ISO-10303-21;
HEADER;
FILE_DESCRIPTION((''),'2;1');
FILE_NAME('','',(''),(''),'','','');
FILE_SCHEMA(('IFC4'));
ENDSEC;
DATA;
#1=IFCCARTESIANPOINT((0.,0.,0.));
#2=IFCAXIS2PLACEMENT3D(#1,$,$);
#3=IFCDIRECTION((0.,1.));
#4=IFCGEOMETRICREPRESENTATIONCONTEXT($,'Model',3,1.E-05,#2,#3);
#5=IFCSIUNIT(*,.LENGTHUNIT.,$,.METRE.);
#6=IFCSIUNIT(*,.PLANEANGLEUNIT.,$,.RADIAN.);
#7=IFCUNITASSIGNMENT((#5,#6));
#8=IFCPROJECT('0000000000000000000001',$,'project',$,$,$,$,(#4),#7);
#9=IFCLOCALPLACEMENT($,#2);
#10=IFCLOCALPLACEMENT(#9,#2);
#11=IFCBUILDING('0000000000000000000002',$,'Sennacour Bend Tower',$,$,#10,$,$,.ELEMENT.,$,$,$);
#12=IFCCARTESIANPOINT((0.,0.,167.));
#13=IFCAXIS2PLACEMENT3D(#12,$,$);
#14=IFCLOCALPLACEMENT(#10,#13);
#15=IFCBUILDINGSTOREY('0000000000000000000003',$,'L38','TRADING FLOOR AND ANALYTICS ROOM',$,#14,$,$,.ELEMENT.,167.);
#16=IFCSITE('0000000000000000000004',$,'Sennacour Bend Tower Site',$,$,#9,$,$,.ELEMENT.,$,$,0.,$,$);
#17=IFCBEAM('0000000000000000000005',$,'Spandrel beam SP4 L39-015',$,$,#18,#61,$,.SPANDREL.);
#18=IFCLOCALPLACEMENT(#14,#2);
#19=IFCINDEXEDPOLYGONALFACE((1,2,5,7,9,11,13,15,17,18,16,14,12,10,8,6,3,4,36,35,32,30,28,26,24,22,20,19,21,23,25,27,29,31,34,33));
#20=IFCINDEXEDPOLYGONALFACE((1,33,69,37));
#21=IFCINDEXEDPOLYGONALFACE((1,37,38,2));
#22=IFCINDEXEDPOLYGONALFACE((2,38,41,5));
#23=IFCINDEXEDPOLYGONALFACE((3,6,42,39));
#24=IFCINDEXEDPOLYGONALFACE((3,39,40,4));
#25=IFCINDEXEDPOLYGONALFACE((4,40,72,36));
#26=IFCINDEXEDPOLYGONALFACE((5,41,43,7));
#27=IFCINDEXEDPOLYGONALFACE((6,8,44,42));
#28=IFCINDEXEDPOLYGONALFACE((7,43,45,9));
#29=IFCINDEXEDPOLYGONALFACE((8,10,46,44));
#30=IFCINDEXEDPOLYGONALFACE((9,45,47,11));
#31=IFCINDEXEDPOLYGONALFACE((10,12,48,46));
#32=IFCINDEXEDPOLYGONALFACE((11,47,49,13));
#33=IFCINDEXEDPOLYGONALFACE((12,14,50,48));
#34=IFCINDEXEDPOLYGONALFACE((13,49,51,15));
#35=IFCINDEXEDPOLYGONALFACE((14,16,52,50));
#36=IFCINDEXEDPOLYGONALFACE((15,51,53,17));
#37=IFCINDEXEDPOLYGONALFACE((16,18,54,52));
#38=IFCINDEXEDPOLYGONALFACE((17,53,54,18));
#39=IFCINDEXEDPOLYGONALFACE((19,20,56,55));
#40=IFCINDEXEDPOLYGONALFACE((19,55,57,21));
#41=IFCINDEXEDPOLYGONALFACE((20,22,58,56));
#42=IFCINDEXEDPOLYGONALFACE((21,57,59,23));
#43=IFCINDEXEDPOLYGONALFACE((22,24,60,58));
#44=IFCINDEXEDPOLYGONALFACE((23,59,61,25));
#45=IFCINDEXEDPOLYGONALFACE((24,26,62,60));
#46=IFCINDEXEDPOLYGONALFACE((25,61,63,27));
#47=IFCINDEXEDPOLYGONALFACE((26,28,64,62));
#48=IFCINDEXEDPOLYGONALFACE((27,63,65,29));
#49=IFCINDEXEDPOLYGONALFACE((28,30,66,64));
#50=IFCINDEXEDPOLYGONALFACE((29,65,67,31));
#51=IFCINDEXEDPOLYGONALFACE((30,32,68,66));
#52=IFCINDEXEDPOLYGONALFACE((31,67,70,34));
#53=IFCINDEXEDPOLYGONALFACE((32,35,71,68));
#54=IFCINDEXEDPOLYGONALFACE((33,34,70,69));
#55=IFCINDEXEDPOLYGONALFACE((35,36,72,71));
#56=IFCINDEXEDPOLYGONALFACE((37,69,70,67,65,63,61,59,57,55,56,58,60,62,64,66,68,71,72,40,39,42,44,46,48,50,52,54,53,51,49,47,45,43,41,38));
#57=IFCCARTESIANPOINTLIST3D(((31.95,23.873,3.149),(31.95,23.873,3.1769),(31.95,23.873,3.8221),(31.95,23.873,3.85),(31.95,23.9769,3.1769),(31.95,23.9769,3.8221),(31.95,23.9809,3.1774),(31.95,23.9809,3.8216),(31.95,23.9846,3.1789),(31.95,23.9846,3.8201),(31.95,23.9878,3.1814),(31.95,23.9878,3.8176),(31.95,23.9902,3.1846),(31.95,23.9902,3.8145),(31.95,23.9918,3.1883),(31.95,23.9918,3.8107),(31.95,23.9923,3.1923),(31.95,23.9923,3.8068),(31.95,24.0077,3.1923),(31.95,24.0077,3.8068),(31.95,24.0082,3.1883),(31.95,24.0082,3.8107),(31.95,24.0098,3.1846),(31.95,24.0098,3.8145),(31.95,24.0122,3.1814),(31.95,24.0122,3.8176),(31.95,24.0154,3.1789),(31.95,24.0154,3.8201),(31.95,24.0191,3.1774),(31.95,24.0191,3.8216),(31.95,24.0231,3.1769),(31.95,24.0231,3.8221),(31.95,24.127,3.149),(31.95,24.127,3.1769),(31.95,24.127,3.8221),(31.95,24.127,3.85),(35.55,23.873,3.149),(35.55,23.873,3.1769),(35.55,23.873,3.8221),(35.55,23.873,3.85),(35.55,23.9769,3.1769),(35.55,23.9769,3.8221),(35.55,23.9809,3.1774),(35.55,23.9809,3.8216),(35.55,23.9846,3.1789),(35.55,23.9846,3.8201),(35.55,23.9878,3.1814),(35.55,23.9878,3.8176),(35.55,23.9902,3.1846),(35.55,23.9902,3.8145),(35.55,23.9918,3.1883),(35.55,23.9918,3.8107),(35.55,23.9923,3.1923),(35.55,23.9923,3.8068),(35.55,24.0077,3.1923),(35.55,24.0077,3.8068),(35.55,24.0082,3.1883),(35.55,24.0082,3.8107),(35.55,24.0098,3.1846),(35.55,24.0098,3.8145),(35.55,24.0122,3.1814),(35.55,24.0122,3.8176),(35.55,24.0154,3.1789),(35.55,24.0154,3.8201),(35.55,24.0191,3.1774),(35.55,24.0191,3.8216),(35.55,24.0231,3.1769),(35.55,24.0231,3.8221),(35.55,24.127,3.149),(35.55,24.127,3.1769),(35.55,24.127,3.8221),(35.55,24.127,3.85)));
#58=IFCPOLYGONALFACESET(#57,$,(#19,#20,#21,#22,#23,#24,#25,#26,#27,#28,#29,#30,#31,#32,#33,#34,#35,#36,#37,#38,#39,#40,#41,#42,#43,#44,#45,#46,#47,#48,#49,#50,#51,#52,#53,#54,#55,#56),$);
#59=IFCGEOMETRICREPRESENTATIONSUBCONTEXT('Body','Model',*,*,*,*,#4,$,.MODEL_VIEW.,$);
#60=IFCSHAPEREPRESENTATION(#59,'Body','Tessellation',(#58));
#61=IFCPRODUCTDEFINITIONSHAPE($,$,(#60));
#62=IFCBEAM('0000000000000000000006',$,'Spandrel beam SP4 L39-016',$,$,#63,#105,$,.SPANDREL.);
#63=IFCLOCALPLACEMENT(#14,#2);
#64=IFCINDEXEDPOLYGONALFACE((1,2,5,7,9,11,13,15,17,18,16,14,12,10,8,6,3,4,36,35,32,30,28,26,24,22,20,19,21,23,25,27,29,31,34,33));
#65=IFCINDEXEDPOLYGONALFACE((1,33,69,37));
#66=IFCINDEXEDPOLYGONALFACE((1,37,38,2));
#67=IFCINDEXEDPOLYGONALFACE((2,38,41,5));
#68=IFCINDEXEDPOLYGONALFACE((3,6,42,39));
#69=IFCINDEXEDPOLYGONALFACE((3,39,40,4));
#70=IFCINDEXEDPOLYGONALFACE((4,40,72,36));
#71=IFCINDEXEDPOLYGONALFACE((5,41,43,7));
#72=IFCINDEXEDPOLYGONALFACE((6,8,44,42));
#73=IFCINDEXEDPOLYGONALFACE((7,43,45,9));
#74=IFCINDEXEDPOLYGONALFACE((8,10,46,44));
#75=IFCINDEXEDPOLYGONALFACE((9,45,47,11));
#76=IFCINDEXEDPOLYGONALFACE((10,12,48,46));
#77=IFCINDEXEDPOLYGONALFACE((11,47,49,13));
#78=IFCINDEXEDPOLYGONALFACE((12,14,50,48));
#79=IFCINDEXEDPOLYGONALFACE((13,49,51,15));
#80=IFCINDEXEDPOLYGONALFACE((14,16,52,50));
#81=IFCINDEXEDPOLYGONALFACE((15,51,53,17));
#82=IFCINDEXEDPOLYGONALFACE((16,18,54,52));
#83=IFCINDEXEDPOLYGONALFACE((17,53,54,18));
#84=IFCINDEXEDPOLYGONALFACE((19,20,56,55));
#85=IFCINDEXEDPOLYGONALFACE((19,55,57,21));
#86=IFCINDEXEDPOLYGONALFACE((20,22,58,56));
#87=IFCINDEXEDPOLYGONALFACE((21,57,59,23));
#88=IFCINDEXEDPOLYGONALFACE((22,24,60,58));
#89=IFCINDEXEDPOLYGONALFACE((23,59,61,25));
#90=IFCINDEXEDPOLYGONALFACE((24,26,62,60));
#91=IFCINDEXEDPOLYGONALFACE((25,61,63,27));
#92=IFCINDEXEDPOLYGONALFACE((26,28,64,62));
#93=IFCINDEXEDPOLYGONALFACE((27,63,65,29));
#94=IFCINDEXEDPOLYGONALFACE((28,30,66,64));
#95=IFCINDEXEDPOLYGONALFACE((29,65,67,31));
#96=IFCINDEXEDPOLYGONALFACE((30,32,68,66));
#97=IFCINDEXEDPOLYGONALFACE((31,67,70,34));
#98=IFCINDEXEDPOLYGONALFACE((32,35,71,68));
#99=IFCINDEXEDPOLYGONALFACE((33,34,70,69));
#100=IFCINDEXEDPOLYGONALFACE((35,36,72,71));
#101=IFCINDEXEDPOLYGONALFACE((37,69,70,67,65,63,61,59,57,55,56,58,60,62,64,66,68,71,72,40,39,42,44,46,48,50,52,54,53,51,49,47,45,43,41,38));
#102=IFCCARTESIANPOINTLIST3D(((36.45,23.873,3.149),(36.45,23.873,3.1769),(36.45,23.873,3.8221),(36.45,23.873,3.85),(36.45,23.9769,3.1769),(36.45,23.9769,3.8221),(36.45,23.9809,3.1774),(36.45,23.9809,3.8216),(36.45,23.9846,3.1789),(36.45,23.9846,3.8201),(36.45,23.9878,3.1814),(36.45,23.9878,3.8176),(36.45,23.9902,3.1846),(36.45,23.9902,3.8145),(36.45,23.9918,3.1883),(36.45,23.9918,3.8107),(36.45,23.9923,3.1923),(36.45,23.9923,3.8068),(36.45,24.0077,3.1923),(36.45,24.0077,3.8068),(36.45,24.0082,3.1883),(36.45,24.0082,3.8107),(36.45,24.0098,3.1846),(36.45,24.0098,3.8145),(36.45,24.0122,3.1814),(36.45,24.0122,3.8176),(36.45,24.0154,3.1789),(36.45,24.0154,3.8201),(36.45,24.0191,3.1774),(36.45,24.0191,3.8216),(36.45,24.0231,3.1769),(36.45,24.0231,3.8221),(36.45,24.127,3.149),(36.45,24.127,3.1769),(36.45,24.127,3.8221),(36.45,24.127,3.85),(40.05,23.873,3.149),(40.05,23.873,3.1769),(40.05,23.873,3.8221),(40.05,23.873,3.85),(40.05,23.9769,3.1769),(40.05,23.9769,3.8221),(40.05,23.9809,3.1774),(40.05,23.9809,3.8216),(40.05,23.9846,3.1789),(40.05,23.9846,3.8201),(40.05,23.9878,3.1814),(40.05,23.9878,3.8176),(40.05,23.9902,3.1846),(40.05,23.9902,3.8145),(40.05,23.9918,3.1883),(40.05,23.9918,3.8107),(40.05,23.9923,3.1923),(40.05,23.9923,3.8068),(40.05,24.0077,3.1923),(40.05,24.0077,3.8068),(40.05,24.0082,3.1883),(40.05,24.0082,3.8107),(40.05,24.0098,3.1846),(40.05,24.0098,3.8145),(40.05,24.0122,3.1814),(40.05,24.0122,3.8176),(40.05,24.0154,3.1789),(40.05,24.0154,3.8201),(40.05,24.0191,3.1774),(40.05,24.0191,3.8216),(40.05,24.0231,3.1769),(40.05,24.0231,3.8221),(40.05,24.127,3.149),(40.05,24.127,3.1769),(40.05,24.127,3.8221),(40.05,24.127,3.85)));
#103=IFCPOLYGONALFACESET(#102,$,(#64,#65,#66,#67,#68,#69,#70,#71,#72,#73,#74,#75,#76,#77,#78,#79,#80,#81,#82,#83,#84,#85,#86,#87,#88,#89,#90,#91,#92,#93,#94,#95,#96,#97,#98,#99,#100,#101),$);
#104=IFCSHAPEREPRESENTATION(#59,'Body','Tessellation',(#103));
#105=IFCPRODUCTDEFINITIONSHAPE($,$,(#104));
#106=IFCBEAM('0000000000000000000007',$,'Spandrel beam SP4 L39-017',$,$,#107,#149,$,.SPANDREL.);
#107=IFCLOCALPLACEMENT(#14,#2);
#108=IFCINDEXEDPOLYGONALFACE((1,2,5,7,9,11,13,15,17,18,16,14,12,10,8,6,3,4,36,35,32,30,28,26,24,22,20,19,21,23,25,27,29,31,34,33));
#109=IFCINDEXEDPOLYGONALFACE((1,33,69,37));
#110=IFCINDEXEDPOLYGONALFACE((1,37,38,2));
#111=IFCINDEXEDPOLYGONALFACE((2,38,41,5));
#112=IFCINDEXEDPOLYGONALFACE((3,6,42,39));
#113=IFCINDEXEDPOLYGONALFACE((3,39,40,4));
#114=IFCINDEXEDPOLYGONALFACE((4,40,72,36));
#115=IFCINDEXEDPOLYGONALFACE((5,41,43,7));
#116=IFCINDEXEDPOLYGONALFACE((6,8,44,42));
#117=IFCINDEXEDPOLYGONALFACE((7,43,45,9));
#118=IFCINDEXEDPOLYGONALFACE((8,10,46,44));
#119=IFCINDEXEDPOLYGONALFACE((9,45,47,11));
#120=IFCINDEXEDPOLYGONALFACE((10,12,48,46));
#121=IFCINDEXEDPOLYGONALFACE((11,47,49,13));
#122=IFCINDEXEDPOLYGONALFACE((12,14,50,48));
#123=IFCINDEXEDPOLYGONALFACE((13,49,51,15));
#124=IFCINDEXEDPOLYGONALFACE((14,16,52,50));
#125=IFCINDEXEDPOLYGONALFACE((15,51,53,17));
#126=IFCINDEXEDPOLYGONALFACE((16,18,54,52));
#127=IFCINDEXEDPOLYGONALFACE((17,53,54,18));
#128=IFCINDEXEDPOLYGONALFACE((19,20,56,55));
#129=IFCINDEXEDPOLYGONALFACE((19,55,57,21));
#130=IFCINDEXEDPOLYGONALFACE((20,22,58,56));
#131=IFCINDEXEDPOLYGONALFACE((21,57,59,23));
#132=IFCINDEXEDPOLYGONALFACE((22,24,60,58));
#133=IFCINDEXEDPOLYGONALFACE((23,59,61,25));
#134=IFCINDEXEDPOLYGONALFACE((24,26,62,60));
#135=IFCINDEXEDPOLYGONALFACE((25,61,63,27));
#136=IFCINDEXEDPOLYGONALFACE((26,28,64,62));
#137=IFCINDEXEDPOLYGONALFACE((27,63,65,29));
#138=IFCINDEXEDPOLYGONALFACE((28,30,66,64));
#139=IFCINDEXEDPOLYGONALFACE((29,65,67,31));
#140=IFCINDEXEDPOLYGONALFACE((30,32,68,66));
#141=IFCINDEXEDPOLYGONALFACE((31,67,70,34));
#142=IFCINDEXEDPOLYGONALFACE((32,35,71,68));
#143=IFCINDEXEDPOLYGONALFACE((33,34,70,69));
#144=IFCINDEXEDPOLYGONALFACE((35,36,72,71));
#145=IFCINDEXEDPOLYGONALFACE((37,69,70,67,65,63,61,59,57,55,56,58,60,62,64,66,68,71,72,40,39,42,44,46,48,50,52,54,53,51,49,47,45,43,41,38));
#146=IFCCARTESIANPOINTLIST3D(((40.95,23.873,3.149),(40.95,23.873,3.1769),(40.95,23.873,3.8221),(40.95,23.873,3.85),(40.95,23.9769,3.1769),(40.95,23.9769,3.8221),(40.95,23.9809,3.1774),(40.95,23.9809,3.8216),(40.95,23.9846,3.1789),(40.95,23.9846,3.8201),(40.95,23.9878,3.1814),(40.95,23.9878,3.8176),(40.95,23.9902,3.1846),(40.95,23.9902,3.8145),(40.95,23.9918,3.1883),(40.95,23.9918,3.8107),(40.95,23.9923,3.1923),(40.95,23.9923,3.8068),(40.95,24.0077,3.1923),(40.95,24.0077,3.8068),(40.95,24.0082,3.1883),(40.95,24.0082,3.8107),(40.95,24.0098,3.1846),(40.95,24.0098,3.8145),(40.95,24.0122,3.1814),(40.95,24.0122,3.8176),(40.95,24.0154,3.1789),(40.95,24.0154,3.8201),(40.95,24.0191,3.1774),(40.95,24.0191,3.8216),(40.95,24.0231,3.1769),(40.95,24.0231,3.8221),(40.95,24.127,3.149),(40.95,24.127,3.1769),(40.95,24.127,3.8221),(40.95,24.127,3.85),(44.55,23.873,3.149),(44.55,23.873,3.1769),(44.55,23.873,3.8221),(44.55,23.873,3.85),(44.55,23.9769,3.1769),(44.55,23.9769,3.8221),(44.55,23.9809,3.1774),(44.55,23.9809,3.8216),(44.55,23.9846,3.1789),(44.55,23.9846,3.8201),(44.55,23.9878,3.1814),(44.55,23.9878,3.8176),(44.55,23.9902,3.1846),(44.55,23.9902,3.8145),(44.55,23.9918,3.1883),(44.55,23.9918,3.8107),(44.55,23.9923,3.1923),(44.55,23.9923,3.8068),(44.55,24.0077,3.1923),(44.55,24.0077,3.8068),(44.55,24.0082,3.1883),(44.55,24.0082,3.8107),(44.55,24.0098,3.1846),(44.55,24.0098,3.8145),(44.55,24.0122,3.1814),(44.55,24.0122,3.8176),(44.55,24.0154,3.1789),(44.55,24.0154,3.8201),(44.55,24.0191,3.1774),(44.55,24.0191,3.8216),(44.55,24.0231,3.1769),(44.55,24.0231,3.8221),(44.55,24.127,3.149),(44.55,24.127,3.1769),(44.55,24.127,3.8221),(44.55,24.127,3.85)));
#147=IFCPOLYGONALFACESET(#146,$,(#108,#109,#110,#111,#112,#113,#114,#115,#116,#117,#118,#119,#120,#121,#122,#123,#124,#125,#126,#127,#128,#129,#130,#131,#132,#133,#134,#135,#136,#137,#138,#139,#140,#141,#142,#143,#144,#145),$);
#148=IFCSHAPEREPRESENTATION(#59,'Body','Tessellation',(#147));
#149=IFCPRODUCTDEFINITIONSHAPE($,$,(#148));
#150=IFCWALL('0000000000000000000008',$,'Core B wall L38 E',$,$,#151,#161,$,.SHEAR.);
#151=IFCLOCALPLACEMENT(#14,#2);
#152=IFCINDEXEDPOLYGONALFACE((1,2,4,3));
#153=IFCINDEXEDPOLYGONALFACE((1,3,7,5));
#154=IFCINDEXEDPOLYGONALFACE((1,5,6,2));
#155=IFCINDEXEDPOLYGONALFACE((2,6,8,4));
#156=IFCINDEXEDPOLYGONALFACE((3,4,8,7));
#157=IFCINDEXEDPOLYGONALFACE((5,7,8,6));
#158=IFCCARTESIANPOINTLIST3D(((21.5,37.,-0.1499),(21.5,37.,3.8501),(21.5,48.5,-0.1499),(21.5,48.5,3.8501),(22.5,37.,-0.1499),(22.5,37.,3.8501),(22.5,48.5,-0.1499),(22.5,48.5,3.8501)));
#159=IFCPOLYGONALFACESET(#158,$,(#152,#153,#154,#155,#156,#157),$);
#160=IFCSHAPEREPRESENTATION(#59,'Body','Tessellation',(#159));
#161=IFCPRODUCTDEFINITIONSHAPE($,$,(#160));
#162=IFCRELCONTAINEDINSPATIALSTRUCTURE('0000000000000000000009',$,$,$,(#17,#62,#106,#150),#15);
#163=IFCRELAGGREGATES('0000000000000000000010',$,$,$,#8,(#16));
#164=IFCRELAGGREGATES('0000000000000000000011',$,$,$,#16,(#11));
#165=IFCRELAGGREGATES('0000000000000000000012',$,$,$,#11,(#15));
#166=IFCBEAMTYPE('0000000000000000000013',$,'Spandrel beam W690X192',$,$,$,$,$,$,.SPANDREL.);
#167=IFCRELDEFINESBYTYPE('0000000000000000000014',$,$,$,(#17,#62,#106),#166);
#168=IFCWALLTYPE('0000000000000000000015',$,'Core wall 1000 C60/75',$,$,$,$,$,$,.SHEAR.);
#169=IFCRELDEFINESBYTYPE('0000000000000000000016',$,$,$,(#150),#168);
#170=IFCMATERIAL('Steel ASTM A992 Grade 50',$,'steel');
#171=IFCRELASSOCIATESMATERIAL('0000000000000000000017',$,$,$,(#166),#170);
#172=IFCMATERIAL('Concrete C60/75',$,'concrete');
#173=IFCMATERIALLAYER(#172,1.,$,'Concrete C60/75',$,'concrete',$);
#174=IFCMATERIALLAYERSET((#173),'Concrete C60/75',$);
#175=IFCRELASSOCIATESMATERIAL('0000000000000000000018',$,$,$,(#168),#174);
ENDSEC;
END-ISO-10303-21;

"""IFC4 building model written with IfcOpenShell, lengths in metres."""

from ifc_helpers import new_model, si_unit, direction, frame, frame_2d, origin, origin_2d, place, context, subcontext, project, spatial, rectangle, i_section, extrude, material, layer, layer_set, material_profile, profile_set, type_object, element, save


model = new_model("IFC4")

# Units and contexts
model_context = context("Model", 3, precision=1e-05, world=origin(), true_north=direction((0.0, 1.0)))
body_context = subcontext(model_context, "Body", "Model", "MODEL_VIEW")
ifc_project = project(units=[si_unit("LENGTHUNIT", "METRE"), si_unit("PLANEANGLEUNIT", "RADIAN")], contexts=[model_context])

# Site, building, storey
site_placement = place(None, origin())
site = spatial("IfcSite", under=ifc_project, at=site_placement, Name="Sennacour Bend Tower Site", CompositionType="ELEMENT", RefElevation=0.0)
building_placement = place(site_placement, origin())
building = spatial("IfcBuilding", under=site, at=building_placement, Name="Sennacour Bend Tower", CompositionType="ELEMENT")
storey_placement = place(building_placement, frame((0.0, 0.0, 167.0)))
storey = spatial("IfcBuildingStorey", under=building, at=storey_placement, Name="L38", Description="TRADING FLOOR AND ANALYTICS ROOM", CompositionType="ELEMENT", Elevation=167.0)

# Beams
ifc_material_1 = material(Name="Steel ASTM A992 Grade 50", Category="steel")
ifc_material_profile_1 = material_profile(ifc_material_1, i_section(OverallWidth=0.2539, OverallDepth=0.7009, WebThickness=0.0154, FlangeThickness=0.0278, FilletRadius=0.0154, at=origin_2d()), Name="Steel ASTM A992 Grade 50", Category="steel")
ifc_profile_set_1 = profile_set([ifc_material_profile_1], Name="Steel ASTM A992 Grade 50")
beam_type = type_object("IfcBeamType", Name="Spandrel beam W690X192", PredefinedType="SPANDREL", material=ifc_profile_set_1)
for number, where, z_axis, x_axis, name in (
    (1, (31.95, 24.0, 3.4995), (1.0, 0.0, 0.0), (0.0, 1.0, 0.0), "Spandrel beam SP4 L39-015"),
    (2, (36.45, 24.0, 3.4995), (1.0, 0.0, 0.0), (0.0, 1.0, 0.0), "Spandrel beam SP4 L39-016"),
    (3, (40.95, 24.0, 3.4995), (1.0, 0.0, 0.0), (0.0, 1.0, 0.0), "Spandrel beam SP4 L39-017"),
):
    element("IfcBeam", number, at=place(storey_placement, frame(where, z_axis=z_axis, x_axis=x_axis)), inside=storey, type_object=beam_type, Name=name, PredefinedType="SPANDREL", context=body_context, shape_type="SweptSolid", body=[
        extrude(i_section(OverallWidth=0.2539, OverallDepth=0.7009, WebThickness=0.0154, FlangeThickness=0.0278, FilletRadius=0.0154, at=origin_2d()), origin(), (0.0, 0.0, 1.0), 3.6001),
    ])

# Wall
ifc_material_2 = material(Name="Concrete C60/75", Category="concrete")
ifc_layer_1 = layer(ifc_material_2, 1.0, Name="Concrete C60/75", Category="concrete")
ifc_layer_set_1 = layer_set([ifc_layer_1], Name="Concrete C60/75")
wall_type_1 = type_object("IfcWallType", Name="Core wall 1000 C60/75", PredefinedType="SHEAR", material=ifc_layer_set_1)
wall_1_placement = place(storey_placement, frame((22.0, 37.0, -0.1499), z_axis=(0.0, 0.0, 1.0), x_axis=(0.0, 1.0, 0.0)))
element("IfcWall", 4, at=wall_1_placement, inside=storey, type_object=wall_type_1, Name="Core B wall L38 E", PredefinedType="SHEAR", context=body_context, shape_type="SweptSolid", body=[
    extrude(rectangle(XDim=11.5, YDim=1.0, at=frame_2d((5.75, 0.0))), origin(), (0.0, 0.0, 1.0), 4.0),
])

save(model, "model.ifc")
